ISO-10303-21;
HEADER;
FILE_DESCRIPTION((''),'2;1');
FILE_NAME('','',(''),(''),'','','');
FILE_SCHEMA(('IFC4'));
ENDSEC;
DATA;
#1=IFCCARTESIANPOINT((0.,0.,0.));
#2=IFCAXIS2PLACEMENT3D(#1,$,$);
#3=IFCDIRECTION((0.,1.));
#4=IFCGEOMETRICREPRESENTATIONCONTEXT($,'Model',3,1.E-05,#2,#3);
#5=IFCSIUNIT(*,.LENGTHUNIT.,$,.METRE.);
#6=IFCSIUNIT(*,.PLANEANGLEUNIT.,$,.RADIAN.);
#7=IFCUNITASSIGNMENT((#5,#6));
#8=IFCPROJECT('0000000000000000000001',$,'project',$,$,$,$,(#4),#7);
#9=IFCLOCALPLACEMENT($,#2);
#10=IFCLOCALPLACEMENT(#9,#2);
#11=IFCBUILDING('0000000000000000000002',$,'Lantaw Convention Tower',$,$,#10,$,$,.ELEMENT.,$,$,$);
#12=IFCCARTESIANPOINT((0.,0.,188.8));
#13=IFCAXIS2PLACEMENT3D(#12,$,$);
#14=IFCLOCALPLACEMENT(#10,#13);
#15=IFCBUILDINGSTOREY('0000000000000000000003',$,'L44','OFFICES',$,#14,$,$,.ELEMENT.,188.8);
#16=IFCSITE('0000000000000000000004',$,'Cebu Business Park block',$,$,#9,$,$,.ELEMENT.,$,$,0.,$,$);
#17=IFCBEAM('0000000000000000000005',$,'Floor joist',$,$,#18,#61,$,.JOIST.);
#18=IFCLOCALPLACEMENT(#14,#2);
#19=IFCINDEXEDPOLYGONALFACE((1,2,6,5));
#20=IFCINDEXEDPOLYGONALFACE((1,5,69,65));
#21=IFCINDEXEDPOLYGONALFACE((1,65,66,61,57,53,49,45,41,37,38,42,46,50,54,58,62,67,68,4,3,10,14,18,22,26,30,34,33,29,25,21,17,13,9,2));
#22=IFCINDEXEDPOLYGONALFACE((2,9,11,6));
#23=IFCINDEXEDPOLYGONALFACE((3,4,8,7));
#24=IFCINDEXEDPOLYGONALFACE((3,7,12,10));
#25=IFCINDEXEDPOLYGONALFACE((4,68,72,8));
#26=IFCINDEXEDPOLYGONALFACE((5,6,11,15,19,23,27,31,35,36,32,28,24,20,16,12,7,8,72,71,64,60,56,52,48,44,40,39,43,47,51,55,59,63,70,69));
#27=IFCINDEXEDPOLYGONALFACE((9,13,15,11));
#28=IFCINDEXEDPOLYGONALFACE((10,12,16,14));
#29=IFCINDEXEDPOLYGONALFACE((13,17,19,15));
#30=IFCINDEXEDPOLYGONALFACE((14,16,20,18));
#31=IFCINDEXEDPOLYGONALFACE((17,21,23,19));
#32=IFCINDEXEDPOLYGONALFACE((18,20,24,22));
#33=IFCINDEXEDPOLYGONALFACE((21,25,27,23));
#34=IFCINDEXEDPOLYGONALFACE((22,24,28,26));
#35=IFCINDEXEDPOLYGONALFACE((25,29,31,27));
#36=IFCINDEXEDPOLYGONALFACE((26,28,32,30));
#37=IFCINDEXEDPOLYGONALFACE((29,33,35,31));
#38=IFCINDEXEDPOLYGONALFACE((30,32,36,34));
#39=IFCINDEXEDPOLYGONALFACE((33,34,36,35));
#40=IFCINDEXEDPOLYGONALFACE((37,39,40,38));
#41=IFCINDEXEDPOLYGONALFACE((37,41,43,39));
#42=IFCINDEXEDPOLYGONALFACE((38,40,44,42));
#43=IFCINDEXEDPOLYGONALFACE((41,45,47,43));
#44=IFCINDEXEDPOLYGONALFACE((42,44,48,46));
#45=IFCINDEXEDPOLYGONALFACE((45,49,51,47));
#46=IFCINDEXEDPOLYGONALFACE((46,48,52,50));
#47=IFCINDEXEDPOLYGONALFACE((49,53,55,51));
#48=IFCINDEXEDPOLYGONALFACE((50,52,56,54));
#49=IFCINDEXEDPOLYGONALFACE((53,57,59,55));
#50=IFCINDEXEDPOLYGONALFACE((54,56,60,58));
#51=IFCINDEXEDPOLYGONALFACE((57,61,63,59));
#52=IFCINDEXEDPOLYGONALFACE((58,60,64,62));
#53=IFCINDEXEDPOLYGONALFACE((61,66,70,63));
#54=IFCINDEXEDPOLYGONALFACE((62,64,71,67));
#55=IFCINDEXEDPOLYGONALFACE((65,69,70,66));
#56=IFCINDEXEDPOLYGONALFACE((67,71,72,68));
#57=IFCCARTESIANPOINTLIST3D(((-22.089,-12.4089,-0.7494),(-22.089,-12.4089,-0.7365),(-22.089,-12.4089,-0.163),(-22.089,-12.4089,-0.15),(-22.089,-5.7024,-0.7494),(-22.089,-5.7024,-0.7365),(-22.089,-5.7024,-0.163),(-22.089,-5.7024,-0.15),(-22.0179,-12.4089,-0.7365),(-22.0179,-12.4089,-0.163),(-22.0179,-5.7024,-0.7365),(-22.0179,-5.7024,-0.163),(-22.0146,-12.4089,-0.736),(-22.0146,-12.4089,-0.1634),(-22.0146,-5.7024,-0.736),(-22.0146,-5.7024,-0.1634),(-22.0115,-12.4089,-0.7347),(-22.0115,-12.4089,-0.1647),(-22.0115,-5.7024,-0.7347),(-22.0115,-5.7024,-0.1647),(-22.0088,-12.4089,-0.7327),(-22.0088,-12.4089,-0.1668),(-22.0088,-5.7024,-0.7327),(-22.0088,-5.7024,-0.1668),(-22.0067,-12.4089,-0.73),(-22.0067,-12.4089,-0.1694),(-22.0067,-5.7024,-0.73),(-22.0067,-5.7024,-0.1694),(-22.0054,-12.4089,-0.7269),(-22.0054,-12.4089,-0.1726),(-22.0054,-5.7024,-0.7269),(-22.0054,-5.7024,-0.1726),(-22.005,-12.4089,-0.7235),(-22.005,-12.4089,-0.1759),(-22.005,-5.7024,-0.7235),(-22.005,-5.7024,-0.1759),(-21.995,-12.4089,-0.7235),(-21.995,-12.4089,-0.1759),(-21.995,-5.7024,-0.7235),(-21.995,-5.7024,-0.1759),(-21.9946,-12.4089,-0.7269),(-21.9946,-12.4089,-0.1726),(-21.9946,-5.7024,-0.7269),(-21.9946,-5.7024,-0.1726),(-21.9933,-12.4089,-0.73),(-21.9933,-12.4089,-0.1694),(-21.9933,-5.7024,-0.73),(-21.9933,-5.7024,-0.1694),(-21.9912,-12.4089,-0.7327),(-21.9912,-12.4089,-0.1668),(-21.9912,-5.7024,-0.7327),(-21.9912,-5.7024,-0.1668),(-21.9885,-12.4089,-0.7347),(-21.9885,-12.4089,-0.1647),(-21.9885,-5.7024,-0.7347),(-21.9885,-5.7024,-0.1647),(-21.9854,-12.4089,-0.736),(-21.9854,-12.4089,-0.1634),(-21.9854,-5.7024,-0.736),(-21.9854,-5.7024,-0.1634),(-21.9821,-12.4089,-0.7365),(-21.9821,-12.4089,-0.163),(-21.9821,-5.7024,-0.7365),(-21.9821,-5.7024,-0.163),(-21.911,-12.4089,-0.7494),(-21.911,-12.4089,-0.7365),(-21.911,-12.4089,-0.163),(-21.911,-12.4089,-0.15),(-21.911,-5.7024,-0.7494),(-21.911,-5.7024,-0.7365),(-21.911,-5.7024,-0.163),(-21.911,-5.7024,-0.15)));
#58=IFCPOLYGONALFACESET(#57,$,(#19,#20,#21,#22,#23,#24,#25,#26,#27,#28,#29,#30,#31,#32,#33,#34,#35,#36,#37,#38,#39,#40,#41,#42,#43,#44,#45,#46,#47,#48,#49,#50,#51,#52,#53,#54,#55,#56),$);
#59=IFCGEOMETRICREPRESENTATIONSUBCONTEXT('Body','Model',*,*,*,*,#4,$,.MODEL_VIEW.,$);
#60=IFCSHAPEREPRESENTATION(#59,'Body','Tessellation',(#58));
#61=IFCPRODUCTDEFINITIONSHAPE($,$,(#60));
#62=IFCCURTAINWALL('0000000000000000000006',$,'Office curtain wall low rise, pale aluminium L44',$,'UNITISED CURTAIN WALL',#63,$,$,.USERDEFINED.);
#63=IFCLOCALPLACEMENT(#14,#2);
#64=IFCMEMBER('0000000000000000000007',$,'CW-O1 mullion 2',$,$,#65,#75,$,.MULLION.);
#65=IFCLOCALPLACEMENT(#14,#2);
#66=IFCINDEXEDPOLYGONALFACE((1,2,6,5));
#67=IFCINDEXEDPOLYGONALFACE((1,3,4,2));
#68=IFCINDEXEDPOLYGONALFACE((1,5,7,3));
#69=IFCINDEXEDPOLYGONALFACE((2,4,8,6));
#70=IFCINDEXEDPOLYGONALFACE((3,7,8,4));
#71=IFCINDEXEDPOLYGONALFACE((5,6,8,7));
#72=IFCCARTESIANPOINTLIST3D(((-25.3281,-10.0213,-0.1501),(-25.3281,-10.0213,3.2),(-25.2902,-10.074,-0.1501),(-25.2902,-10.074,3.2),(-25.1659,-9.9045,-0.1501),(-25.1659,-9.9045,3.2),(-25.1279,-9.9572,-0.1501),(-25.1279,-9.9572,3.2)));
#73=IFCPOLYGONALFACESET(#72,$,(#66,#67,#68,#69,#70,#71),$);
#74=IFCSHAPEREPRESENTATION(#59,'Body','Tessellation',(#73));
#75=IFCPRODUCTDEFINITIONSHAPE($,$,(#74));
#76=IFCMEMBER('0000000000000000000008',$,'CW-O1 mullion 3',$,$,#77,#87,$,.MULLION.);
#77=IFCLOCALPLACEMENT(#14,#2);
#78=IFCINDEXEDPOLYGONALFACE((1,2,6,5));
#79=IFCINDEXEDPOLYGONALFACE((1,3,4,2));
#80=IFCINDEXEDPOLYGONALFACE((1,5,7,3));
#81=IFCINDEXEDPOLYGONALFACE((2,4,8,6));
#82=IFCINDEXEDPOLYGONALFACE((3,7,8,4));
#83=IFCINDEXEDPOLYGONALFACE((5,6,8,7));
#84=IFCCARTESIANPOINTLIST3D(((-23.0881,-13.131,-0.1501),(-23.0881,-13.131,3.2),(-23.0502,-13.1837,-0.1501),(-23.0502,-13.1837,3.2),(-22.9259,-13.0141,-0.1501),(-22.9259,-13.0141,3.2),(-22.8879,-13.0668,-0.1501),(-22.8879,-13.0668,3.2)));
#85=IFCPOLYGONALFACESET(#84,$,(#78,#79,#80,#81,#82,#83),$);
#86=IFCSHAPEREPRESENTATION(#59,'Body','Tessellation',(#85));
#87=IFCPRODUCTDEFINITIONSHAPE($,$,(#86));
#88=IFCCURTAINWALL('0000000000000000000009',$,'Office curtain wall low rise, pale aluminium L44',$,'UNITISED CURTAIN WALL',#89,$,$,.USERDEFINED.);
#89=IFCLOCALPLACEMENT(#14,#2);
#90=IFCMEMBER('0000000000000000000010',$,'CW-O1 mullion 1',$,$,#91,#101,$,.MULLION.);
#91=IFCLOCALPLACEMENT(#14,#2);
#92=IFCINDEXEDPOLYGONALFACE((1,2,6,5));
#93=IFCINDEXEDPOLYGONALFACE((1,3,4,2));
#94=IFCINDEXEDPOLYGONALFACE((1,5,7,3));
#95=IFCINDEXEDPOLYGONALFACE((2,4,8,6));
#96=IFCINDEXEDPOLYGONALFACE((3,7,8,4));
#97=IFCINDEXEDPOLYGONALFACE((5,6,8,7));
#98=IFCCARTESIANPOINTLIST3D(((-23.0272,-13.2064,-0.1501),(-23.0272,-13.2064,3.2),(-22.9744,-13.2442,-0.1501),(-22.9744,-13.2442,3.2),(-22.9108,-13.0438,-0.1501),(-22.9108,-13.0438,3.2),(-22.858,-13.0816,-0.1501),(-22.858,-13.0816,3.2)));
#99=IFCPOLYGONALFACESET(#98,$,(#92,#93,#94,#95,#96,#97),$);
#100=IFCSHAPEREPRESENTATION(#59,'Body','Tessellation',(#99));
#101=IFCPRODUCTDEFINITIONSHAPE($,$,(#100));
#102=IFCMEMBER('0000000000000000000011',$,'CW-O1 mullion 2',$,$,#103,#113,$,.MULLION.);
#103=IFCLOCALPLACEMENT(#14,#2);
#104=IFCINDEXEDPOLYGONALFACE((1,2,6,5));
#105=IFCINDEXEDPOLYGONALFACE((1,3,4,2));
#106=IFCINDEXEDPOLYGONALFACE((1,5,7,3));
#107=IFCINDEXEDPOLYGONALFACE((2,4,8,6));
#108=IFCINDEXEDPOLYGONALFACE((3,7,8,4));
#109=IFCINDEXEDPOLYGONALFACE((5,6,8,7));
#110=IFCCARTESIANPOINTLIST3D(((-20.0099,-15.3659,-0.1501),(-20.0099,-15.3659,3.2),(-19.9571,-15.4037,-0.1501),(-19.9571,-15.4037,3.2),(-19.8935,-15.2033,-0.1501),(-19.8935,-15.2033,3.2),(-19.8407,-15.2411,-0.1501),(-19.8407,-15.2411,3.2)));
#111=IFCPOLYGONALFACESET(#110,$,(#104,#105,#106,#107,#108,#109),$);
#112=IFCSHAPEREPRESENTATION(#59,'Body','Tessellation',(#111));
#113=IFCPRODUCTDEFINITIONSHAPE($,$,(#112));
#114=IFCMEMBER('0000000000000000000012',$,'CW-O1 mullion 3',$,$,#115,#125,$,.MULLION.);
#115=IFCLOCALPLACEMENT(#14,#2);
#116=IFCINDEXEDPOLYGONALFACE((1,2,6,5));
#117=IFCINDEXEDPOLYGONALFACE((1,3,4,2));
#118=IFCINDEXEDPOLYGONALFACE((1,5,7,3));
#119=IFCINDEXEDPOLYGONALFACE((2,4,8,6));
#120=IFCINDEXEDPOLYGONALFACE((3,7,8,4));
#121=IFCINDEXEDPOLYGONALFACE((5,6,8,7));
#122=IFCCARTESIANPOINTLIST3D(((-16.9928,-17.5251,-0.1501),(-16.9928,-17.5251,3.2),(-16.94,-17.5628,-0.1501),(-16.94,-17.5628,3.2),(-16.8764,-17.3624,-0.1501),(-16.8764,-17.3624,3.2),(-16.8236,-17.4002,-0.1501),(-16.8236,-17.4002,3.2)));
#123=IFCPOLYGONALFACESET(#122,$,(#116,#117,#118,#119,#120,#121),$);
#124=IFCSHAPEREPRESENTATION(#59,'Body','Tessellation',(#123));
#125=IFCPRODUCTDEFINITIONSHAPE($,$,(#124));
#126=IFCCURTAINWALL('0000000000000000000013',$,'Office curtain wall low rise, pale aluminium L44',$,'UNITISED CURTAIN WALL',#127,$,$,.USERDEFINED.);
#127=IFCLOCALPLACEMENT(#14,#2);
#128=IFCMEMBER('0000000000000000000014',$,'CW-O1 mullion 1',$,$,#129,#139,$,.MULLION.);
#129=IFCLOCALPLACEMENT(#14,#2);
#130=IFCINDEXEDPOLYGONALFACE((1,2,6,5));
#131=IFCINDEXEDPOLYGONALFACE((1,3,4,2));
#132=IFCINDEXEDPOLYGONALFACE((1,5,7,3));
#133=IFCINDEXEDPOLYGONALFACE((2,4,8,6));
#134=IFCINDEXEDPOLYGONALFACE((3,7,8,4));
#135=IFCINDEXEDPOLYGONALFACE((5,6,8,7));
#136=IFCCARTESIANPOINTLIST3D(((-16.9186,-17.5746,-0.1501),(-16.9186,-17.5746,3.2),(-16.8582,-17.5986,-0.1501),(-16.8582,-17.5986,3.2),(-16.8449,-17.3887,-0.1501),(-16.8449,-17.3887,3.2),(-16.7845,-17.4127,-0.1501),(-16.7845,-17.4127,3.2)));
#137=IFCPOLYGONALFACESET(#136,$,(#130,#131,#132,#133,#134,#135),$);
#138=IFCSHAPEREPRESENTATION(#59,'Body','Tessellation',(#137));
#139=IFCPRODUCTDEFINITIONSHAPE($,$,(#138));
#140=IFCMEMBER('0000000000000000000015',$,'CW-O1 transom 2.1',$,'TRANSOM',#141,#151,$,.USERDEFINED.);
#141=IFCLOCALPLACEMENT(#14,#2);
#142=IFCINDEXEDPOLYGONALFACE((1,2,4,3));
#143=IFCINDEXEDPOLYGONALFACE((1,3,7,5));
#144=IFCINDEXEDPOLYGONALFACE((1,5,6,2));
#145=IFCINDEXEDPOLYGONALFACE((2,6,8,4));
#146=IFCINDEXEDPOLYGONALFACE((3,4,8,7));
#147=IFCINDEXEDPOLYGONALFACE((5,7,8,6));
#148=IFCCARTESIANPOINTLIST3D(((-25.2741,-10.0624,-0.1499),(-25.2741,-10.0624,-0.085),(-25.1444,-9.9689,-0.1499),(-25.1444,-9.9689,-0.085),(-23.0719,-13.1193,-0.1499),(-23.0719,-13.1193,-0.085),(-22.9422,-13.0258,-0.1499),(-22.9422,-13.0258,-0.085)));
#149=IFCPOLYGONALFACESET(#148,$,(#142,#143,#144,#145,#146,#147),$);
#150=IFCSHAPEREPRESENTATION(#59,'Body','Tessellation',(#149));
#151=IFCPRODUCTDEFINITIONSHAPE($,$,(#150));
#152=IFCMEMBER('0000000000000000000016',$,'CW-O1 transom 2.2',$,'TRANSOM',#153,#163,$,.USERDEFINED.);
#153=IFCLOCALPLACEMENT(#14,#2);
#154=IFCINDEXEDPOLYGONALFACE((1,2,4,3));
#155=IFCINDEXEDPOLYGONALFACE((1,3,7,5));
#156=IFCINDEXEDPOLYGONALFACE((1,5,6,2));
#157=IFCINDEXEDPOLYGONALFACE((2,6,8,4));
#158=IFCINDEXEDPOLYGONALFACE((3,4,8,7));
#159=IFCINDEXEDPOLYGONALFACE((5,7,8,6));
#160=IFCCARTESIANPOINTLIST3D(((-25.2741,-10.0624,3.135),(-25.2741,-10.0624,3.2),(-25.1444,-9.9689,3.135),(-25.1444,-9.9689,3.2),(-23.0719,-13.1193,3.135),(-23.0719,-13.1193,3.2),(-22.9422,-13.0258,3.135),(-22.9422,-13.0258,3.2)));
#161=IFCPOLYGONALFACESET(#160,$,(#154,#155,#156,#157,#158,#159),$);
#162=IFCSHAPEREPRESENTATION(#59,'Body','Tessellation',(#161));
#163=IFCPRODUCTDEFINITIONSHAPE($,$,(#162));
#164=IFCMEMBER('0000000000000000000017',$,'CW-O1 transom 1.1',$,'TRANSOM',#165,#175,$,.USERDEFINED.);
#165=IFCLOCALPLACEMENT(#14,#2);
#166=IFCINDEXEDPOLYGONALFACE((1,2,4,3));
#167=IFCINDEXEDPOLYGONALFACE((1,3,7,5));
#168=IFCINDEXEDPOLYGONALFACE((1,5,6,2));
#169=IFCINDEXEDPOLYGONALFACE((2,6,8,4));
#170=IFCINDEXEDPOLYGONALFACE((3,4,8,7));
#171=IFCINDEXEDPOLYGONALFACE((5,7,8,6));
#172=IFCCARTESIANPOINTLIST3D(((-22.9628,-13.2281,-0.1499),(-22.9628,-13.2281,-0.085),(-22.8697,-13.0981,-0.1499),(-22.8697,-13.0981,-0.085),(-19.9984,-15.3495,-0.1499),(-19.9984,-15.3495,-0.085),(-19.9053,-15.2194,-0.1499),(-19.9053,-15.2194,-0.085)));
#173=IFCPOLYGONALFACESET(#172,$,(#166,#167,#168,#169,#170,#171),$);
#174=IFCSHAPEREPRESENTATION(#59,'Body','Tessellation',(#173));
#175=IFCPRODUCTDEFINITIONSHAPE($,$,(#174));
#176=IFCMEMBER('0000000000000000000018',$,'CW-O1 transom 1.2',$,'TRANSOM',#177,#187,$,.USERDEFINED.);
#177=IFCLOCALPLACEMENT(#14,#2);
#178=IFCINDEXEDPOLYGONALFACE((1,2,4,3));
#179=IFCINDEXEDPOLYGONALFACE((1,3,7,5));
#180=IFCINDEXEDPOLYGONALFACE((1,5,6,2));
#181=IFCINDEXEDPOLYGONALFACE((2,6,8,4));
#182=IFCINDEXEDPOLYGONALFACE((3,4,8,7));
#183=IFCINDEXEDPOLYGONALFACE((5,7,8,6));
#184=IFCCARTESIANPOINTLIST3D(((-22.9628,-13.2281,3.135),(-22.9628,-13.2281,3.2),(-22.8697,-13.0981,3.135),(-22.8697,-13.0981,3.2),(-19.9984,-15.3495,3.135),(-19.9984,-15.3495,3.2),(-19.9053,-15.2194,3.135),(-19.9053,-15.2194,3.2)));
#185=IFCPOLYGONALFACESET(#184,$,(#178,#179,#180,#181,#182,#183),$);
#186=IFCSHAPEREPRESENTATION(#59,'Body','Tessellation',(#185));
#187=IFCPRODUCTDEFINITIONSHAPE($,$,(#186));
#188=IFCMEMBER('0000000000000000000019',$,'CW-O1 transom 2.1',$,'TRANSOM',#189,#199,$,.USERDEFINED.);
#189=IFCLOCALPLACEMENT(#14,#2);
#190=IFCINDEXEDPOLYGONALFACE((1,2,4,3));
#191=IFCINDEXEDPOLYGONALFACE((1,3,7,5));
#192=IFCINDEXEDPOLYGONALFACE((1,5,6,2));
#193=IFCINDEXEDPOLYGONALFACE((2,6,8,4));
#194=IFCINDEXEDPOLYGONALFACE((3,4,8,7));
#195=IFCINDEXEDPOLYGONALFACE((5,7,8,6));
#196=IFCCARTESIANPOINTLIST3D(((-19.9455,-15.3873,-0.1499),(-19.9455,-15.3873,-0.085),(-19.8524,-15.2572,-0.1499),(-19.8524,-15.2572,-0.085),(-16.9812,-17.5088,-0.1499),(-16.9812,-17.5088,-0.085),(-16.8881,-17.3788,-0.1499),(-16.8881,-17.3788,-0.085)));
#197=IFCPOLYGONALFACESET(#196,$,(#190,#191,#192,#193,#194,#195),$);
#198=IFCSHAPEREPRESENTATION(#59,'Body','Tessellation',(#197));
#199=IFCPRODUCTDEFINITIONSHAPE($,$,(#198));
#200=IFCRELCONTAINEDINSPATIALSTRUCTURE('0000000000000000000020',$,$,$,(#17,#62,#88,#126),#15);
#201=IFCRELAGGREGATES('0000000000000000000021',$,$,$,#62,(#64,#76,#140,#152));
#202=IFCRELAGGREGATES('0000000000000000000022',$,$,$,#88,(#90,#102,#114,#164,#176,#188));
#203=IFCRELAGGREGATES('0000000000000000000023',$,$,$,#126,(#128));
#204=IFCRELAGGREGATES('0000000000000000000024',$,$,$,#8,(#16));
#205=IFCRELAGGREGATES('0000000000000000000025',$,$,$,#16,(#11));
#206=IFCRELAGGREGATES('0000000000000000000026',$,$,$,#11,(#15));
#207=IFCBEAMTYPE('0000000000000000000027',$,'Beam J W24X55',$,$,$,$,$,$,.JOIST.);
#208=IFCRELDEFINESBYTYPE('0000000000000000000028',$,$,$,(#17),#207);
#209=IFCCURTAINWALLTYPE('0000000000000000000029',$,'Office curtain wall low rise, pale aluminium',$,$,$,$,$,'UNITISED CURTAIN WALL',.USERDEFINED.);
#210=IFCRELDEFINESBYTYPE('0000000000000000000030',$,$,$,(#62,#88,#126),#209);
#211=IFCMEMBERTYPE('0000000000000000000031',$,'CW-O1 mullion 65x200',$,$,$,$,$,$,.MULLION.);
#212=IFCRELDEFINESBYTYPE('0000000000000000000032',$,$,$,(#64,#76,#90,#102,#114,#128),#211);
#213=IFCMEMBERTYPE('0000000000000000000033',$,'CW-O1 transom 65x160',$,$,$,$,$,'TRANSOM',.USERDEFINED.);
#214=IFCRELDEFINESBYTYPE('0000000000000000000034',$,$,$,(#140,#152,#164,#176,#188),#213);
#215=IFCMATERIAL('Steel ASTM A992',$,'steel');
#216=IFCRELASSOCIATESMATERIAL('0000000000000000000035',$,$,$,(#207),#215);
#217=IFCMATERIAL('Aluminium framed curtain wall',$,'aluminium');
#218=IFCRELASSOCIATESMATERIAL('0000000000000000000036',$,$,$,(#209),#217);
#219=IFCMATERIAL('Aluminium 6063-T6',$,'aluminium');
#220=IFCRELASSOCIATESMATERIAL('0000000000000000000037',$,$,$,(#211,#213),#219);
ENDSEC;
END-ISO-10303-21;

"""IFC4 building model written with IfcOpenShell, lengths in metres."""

from ifc_helpers import new_model, si_unit, direction, frame, origin, origin_2d, place, context, subcontext, project, spatial, rectangle, i_section, extrude, material, material_profile, profile_set, type_object, element, aggregate, save


model = new_model("IFC4")

# Units and contexts
model_context = context("Model", 3, precision=1e-05, world=origin(), true_north=direction((0.0, 1.0)))
body_context = subcontext(model_context, "Body", "Model", "MODEL_VIEW")
ifc_project = project(units=[si_unit("LENGTHUNIT", "METRE"), si_unit("PLANEANGLEUNIT", "RADIAN")], contexts=[model_context])

# Site, building, storey
site_placement = place(None, origin())
site = spatial("IfcSite", under=ifc_project, at=site_placement, Name="Cebu Business Park block", CompositionType="ELEMENT", RefElevation=0.0)
building_placement = place(site_placement, origin())
building = spatial("IfcBuilding", under=site, at=building_placement, Name="Lantaw Convention Tower", CompositionType="ELEMENT")
storey_placement = place(building_placement, frame((0.0, 0.0, 188.8)))
storey = spatial("IfcBuildingStorey", under=building, at=storey_placement, Name="L44", Description="OFFICES", CompositionType="ELEMENT", Elevation=188.8)

# Beam
ifc_material_1 = material(Name="Steel ASTM A992", Category="steel")
ifc_material_profile_1 = material_profile(ifc_material_1, i_section(OverallWidth=0.178, OverallDepth=0.5994, WebThickness=0.01, FlangeThickness=0.0129, FilletRadius=0.0129, at=origin_2d()), Name="W24X55")
ifc_profile_set_1 = profile_set([ifc_material_profile_1], Name="Steel ASTM A992")
beam_type_1 = type_object("IfcBeamType", Name="Beam J W24X55", PredefinedType="JOIST", material=ifc_profile_set_1)
beam_1_placement = place(storey_placement, frame((-22.0, -12.4089, -0.4497), z_axis=(0.0, 1.0, 0.0), x_axis=(-1.0, 0.0, 0.0)))
element("IfcBeam", 1, at=beam_1_placement, inside=storey, type_object=beam_type_1, Name="Floor joist", PredefinedType="JOIST", context=body_context, shape_type="SweptSolid", body=[
    extrude(i_section(OverallWidth=0.178, OverallDepth=0.5994, WebThickness=0.01, FlangeThickness=0.0129, FilletRadius=0.0129, at=origin_2d()), origin(), (0.0, 0.0, 1.0), 6.7065),
])

# Curtain walls, members
ifc_material_2 = material(Name="Aluminium framed curtain wall", Category="aluminium")
curtain_wall_type = type_object("IfcCurtainWallType", Name="Office curtain wall low rise, pale aluminium", ElementType="UNITISED CURTAIN WALL", PredefinedType="USERDEFINED", material=ifc_material_2)
curtain_wall_1_placement = place(storey_placement, origin())
curtain_wall_1 = element("IfcCurtainWall", 2, at=curtain_wall_1_placement, inside=storey, type_object=curtain_wall_type, Name="Office curtain wall low rise, pale aluminium L44", ObjectType="UNITISED CURTAIN WALL", PredefinedType="USERDEFINED")
ifc_material_3 = material(Name="Aluminium 6063-T6", Category="aluminium")
ifc_material_profile_2 = material_profile(ifc_material_3, rectangle(XDim=0.2, YDim=0.0649, at=origin_2d()), Name="CW-O1 mullion 65x200")
ifc_profile_set_2 = profile_set([ifc_material_profile_2], Name="Aluminium 6063-T6")
member_type_1 = type_object("IfcMemberType", Name="CW-O1 mullion 65x200", PredefinedType="MULLION", material=ifc_profile_set_2)
member_1_placement = place(storey_placement, frame((-25.228, -9.9893, -0.1501), z_axis=(0.0, 0.0, 1.0), x_axis=(0.811385, 0.584513, 0.0)))
member_1 = element("IfcMember", 3, at=member_1_placement, type_object=member_type_1, Name="CW-O1 mullion 2", PredefinedType="MULLION", context=body_context, shape_type="SweptSolid", body=[
    extrude(rectangle(XDim=0.2, YDim=0.0649, at=origin_2d()), origin(), (0.0, 0.0, 1.0), 3.3501),
])
member_2_placement = place(storey_placement, frame((-22.988, -13.0989, -0.1501), z_axis=(0.0, 0.0, 1.0), x_axis=(0.811385, 0.584513, 0.0)))
member_2 = element("IfcMember", 4, at=member_2_placement, type_object=member_type_1, Name="CW-O1 mullion 3", PredefinedType="MULLION", context=body_context, shape_type="SweptSolid", body=[
    extrude(rectangle(XDim=0.2, YDim=0.0649, at=origin_2d()), origin(), (0.0, 0.0, 1.0), 3.3501),
])
curtain_wall_2_placement = place(storey_placement, origin())
curtain_wall_2 = element("IfcCurtainWall", 5, at=curtain_wall_2_placement, inside=storey, type_object=curtain_wall_type, Name="Office curtain wall low rise, pale aluminium L44", ObjectType="UNITISED CURTAIN WALL", PredefinedType="USERDEFINED")
member_3_placement = place(storey_placement, frame((-22.9426, -13.144, -0.1501), z_axis=(0.0, 0.0, 1.0), x_axis=(0.581973, 0.813208, 0.0)))
member_3 = element("IfcMember", 6, at=member_3_placement, type_object=member_type_1, Name="CW-O1 mullion 1", PredefinedType="MULLION", context=body_context, shape_type="SweptSolid", body=[
    extrude(rectangle(XDim=0.2, YDim=0.0649, at=origin_2d()), origin(), (0.0, 0.0, 1.0), 3.3501),
])
member_4_placement = place(storey_placement, frame((-19.9253, -15.3035, -0.1501), z_axis=(0.0, 0.0, 1.0), x_axis=(0.581973, 0.813208, 0.0)))
member_4 = element("IfcMember", 7, at=member_4_placement, type_object=member_type_1, Name="CW-O1 mullion 2", PredefinedType="MULLION", context=body_context, shape_type="SweptSolid", body=[
    extrude(rectangle(XDim=0.2, YDim=0.0649, at=origin_2d()), origin(), (0.0, 0.0, 1.0), 3.3501),
])
member_5_placement = place(storey_placement, frame((-16.9082, -17.4626, -0.1501), z_axis=(0.0, 0.0, 1.0), x_axis=(0.581973, 0.813208, 0.0)))
member_5 = element("IfcMember", 8, at=member_5_placement, type_object=member_type_1, Name="CW-O1 mullion 3", PredefinedType="MULLION", context=body_context, shape_type="SweptSolid", body=[
    extrude(rectangle(XDim=0.2, YDim=0.0649, at=origin_2d()), origin(), (0.0, 0.0, 1.0), 3.3501),
])

# Curtain wall, member
curtain_wall_3_placement = place(storey_placement, origin())
curtain_wall_3 = element("IfcCurtainWall", 9, at=curtain_wall_3_placement, inside=storey, type_object=curtain_wall_type, Name="Office curtain wall low rise, pale aluminium L44", ObjectType="UNITISED CURTAIN WALL", PredefinedType="USERDEFINED")
member_6_placement = place(storey_placement, frame((-16.8516, -17.4937, -0.1501), z_axis=(0.0, 0.0, 1.0), x_axis=(0.368702, 0.929548, 0.0)))
member_6 = element("IfcMember", 10, at=member_6_placement, type_object=member_type_1, Name="CW-O1 mullion 1", PredefinedType="MULLION", context=body_context, shape_type="SweptSolid", body=[
    extrude(rectangle(XDim=0.2, YDim=0.0649, at=origin_2d()), origin(), (0.0, 0.0, 1.0), 3.3501),
])

# Members
ifc_material_profile_3 = material_profile(ifc_material_3, rectangle(XDim=0.1599, YDim=0.0649, at=origin_2d()), Name="CW-O1 transom 65x160")
ifc_profile_set_3 = profile_set([ifc_material_profile_3], Name="Aluminium 6063-T6")
member_type_2 = type_object("IfcMemberType", Name="CW-O1 transom 65x160", ElementType="TRANSOM", PredefinedType="USERDEFINED", material=ifc_profile_set_3)
member_7_placement = place(storey_placement, frame((-25.2092, -10.0156, -0.1174), z_axis=(0.584513, -0.811384, 0.0), x_axis=(0.811384, 0.584513, 0.0)))
member_7 = element("IfcMember", 11, at=member_7_placement, type_object=member_type_2, Name="CW-O1 transom 2.1", ObjectType="TRANSOM", PredefinedType="USERDEFINED", context=body_context, shape_type="SweptSolid", body=[
    extrude(rectangle(XDim=0.1599, YDim=0.0649, at=origin_2d()), origin(), (0.0, 0.0, 1.0), 3.7676),
])
member_8_placement = place(storey_placement, frame((-25.2092, -10.0156, 3.1675), z_axis=(0.584513, -0.811384, 0.0), x_axis=(0.811384, 0.584513, 0.0)))
member_8 = element("IfcMember", 12, at=member_8_placement, type_object=member_type_2, Name="CW-O1 transom 2.2", ObjectType="TRANSOM", PredefinedType="USERDEFINED", context=body_context, shape_type="SweptSolid", body=[
    extrude(rectangle(XDim=0.1599, YDim=0.0649, at=origin_2d()), origin(), (0.0, 0.0, 1.0), 3.7676),
])
member_9_placement = place(storey_placement, frame((-22.9163, -13.1631, -0.1174), z_axis=(0.813222, -0.581954, 0.0), x_axis=(0.581954, 0.813222, 0.0)))
member_9 = element("IfcMember", 13, at=member_9_placement, type_object=member_type_2, Name="CW-O1 transom 1.1", ObjectType="TRANSOM", PredefinedType="USERDEFINED", context=body_context, shape_type="SweptSolid", body=[
    extrude(rectangle(XDim=0.1599, YDim=0.0649, at=origin_2d()), origin(), (0.0, 0.0, 1.0), 3.6453),
])
member_10_placement = place(storey_placement, frame((-22.9163, -13.1631, 3.1675), z_axis=(0.813222, -0.581954, 0.0), x_axis=(0.581954, 0.813222, 0.0)))
member_10 = element("IfcMember", 14, at=member_10_placement, type_object=member_type_2, Name="CW-O1 transom 1.2", ObjectType="TRANSOM", PredefinedType="USERDEFINED", context=body_context, shape_type="SweptSolid", body=[
    extrude(rectangle(XDim=0.1599, YDim=0.0649, at=origin_2d()), origin(), (0.0, 0.0, 1.0), 3.6453),
])
member_11_placement = place(storey_placement, frame((-19.8989, -15.3223, -0.1174), z_axis=(0.81319, -0.581998, 0.0), x_axis=(0.581998, 0.81319, 0.0)))
member_11 = element("IfcMember", 15, at=member_11_placement, type_object=member_type_2, Name="CW-O1 transom 2.1", ObjectType="TRANSOM", PredefinedType="USERDEFINED", context=body_context, shape_type="SweptSolid", body=[
    extrude(rectangle(XDim=0.1599, YDim=0.0649, at=origin_2d()), origin(), (0.0, 0.0, 1.0), 3.6453),
])

aggregate(curtain_wall_1, [member_1, member_2, member_7, member_8])
aggregate(curtain_wall_2, [member_3, member_4, member_5, member_9, member_10, member_11])
aggregate(curtain_wall_3, [member_6])

save(model, "model.ifc")
